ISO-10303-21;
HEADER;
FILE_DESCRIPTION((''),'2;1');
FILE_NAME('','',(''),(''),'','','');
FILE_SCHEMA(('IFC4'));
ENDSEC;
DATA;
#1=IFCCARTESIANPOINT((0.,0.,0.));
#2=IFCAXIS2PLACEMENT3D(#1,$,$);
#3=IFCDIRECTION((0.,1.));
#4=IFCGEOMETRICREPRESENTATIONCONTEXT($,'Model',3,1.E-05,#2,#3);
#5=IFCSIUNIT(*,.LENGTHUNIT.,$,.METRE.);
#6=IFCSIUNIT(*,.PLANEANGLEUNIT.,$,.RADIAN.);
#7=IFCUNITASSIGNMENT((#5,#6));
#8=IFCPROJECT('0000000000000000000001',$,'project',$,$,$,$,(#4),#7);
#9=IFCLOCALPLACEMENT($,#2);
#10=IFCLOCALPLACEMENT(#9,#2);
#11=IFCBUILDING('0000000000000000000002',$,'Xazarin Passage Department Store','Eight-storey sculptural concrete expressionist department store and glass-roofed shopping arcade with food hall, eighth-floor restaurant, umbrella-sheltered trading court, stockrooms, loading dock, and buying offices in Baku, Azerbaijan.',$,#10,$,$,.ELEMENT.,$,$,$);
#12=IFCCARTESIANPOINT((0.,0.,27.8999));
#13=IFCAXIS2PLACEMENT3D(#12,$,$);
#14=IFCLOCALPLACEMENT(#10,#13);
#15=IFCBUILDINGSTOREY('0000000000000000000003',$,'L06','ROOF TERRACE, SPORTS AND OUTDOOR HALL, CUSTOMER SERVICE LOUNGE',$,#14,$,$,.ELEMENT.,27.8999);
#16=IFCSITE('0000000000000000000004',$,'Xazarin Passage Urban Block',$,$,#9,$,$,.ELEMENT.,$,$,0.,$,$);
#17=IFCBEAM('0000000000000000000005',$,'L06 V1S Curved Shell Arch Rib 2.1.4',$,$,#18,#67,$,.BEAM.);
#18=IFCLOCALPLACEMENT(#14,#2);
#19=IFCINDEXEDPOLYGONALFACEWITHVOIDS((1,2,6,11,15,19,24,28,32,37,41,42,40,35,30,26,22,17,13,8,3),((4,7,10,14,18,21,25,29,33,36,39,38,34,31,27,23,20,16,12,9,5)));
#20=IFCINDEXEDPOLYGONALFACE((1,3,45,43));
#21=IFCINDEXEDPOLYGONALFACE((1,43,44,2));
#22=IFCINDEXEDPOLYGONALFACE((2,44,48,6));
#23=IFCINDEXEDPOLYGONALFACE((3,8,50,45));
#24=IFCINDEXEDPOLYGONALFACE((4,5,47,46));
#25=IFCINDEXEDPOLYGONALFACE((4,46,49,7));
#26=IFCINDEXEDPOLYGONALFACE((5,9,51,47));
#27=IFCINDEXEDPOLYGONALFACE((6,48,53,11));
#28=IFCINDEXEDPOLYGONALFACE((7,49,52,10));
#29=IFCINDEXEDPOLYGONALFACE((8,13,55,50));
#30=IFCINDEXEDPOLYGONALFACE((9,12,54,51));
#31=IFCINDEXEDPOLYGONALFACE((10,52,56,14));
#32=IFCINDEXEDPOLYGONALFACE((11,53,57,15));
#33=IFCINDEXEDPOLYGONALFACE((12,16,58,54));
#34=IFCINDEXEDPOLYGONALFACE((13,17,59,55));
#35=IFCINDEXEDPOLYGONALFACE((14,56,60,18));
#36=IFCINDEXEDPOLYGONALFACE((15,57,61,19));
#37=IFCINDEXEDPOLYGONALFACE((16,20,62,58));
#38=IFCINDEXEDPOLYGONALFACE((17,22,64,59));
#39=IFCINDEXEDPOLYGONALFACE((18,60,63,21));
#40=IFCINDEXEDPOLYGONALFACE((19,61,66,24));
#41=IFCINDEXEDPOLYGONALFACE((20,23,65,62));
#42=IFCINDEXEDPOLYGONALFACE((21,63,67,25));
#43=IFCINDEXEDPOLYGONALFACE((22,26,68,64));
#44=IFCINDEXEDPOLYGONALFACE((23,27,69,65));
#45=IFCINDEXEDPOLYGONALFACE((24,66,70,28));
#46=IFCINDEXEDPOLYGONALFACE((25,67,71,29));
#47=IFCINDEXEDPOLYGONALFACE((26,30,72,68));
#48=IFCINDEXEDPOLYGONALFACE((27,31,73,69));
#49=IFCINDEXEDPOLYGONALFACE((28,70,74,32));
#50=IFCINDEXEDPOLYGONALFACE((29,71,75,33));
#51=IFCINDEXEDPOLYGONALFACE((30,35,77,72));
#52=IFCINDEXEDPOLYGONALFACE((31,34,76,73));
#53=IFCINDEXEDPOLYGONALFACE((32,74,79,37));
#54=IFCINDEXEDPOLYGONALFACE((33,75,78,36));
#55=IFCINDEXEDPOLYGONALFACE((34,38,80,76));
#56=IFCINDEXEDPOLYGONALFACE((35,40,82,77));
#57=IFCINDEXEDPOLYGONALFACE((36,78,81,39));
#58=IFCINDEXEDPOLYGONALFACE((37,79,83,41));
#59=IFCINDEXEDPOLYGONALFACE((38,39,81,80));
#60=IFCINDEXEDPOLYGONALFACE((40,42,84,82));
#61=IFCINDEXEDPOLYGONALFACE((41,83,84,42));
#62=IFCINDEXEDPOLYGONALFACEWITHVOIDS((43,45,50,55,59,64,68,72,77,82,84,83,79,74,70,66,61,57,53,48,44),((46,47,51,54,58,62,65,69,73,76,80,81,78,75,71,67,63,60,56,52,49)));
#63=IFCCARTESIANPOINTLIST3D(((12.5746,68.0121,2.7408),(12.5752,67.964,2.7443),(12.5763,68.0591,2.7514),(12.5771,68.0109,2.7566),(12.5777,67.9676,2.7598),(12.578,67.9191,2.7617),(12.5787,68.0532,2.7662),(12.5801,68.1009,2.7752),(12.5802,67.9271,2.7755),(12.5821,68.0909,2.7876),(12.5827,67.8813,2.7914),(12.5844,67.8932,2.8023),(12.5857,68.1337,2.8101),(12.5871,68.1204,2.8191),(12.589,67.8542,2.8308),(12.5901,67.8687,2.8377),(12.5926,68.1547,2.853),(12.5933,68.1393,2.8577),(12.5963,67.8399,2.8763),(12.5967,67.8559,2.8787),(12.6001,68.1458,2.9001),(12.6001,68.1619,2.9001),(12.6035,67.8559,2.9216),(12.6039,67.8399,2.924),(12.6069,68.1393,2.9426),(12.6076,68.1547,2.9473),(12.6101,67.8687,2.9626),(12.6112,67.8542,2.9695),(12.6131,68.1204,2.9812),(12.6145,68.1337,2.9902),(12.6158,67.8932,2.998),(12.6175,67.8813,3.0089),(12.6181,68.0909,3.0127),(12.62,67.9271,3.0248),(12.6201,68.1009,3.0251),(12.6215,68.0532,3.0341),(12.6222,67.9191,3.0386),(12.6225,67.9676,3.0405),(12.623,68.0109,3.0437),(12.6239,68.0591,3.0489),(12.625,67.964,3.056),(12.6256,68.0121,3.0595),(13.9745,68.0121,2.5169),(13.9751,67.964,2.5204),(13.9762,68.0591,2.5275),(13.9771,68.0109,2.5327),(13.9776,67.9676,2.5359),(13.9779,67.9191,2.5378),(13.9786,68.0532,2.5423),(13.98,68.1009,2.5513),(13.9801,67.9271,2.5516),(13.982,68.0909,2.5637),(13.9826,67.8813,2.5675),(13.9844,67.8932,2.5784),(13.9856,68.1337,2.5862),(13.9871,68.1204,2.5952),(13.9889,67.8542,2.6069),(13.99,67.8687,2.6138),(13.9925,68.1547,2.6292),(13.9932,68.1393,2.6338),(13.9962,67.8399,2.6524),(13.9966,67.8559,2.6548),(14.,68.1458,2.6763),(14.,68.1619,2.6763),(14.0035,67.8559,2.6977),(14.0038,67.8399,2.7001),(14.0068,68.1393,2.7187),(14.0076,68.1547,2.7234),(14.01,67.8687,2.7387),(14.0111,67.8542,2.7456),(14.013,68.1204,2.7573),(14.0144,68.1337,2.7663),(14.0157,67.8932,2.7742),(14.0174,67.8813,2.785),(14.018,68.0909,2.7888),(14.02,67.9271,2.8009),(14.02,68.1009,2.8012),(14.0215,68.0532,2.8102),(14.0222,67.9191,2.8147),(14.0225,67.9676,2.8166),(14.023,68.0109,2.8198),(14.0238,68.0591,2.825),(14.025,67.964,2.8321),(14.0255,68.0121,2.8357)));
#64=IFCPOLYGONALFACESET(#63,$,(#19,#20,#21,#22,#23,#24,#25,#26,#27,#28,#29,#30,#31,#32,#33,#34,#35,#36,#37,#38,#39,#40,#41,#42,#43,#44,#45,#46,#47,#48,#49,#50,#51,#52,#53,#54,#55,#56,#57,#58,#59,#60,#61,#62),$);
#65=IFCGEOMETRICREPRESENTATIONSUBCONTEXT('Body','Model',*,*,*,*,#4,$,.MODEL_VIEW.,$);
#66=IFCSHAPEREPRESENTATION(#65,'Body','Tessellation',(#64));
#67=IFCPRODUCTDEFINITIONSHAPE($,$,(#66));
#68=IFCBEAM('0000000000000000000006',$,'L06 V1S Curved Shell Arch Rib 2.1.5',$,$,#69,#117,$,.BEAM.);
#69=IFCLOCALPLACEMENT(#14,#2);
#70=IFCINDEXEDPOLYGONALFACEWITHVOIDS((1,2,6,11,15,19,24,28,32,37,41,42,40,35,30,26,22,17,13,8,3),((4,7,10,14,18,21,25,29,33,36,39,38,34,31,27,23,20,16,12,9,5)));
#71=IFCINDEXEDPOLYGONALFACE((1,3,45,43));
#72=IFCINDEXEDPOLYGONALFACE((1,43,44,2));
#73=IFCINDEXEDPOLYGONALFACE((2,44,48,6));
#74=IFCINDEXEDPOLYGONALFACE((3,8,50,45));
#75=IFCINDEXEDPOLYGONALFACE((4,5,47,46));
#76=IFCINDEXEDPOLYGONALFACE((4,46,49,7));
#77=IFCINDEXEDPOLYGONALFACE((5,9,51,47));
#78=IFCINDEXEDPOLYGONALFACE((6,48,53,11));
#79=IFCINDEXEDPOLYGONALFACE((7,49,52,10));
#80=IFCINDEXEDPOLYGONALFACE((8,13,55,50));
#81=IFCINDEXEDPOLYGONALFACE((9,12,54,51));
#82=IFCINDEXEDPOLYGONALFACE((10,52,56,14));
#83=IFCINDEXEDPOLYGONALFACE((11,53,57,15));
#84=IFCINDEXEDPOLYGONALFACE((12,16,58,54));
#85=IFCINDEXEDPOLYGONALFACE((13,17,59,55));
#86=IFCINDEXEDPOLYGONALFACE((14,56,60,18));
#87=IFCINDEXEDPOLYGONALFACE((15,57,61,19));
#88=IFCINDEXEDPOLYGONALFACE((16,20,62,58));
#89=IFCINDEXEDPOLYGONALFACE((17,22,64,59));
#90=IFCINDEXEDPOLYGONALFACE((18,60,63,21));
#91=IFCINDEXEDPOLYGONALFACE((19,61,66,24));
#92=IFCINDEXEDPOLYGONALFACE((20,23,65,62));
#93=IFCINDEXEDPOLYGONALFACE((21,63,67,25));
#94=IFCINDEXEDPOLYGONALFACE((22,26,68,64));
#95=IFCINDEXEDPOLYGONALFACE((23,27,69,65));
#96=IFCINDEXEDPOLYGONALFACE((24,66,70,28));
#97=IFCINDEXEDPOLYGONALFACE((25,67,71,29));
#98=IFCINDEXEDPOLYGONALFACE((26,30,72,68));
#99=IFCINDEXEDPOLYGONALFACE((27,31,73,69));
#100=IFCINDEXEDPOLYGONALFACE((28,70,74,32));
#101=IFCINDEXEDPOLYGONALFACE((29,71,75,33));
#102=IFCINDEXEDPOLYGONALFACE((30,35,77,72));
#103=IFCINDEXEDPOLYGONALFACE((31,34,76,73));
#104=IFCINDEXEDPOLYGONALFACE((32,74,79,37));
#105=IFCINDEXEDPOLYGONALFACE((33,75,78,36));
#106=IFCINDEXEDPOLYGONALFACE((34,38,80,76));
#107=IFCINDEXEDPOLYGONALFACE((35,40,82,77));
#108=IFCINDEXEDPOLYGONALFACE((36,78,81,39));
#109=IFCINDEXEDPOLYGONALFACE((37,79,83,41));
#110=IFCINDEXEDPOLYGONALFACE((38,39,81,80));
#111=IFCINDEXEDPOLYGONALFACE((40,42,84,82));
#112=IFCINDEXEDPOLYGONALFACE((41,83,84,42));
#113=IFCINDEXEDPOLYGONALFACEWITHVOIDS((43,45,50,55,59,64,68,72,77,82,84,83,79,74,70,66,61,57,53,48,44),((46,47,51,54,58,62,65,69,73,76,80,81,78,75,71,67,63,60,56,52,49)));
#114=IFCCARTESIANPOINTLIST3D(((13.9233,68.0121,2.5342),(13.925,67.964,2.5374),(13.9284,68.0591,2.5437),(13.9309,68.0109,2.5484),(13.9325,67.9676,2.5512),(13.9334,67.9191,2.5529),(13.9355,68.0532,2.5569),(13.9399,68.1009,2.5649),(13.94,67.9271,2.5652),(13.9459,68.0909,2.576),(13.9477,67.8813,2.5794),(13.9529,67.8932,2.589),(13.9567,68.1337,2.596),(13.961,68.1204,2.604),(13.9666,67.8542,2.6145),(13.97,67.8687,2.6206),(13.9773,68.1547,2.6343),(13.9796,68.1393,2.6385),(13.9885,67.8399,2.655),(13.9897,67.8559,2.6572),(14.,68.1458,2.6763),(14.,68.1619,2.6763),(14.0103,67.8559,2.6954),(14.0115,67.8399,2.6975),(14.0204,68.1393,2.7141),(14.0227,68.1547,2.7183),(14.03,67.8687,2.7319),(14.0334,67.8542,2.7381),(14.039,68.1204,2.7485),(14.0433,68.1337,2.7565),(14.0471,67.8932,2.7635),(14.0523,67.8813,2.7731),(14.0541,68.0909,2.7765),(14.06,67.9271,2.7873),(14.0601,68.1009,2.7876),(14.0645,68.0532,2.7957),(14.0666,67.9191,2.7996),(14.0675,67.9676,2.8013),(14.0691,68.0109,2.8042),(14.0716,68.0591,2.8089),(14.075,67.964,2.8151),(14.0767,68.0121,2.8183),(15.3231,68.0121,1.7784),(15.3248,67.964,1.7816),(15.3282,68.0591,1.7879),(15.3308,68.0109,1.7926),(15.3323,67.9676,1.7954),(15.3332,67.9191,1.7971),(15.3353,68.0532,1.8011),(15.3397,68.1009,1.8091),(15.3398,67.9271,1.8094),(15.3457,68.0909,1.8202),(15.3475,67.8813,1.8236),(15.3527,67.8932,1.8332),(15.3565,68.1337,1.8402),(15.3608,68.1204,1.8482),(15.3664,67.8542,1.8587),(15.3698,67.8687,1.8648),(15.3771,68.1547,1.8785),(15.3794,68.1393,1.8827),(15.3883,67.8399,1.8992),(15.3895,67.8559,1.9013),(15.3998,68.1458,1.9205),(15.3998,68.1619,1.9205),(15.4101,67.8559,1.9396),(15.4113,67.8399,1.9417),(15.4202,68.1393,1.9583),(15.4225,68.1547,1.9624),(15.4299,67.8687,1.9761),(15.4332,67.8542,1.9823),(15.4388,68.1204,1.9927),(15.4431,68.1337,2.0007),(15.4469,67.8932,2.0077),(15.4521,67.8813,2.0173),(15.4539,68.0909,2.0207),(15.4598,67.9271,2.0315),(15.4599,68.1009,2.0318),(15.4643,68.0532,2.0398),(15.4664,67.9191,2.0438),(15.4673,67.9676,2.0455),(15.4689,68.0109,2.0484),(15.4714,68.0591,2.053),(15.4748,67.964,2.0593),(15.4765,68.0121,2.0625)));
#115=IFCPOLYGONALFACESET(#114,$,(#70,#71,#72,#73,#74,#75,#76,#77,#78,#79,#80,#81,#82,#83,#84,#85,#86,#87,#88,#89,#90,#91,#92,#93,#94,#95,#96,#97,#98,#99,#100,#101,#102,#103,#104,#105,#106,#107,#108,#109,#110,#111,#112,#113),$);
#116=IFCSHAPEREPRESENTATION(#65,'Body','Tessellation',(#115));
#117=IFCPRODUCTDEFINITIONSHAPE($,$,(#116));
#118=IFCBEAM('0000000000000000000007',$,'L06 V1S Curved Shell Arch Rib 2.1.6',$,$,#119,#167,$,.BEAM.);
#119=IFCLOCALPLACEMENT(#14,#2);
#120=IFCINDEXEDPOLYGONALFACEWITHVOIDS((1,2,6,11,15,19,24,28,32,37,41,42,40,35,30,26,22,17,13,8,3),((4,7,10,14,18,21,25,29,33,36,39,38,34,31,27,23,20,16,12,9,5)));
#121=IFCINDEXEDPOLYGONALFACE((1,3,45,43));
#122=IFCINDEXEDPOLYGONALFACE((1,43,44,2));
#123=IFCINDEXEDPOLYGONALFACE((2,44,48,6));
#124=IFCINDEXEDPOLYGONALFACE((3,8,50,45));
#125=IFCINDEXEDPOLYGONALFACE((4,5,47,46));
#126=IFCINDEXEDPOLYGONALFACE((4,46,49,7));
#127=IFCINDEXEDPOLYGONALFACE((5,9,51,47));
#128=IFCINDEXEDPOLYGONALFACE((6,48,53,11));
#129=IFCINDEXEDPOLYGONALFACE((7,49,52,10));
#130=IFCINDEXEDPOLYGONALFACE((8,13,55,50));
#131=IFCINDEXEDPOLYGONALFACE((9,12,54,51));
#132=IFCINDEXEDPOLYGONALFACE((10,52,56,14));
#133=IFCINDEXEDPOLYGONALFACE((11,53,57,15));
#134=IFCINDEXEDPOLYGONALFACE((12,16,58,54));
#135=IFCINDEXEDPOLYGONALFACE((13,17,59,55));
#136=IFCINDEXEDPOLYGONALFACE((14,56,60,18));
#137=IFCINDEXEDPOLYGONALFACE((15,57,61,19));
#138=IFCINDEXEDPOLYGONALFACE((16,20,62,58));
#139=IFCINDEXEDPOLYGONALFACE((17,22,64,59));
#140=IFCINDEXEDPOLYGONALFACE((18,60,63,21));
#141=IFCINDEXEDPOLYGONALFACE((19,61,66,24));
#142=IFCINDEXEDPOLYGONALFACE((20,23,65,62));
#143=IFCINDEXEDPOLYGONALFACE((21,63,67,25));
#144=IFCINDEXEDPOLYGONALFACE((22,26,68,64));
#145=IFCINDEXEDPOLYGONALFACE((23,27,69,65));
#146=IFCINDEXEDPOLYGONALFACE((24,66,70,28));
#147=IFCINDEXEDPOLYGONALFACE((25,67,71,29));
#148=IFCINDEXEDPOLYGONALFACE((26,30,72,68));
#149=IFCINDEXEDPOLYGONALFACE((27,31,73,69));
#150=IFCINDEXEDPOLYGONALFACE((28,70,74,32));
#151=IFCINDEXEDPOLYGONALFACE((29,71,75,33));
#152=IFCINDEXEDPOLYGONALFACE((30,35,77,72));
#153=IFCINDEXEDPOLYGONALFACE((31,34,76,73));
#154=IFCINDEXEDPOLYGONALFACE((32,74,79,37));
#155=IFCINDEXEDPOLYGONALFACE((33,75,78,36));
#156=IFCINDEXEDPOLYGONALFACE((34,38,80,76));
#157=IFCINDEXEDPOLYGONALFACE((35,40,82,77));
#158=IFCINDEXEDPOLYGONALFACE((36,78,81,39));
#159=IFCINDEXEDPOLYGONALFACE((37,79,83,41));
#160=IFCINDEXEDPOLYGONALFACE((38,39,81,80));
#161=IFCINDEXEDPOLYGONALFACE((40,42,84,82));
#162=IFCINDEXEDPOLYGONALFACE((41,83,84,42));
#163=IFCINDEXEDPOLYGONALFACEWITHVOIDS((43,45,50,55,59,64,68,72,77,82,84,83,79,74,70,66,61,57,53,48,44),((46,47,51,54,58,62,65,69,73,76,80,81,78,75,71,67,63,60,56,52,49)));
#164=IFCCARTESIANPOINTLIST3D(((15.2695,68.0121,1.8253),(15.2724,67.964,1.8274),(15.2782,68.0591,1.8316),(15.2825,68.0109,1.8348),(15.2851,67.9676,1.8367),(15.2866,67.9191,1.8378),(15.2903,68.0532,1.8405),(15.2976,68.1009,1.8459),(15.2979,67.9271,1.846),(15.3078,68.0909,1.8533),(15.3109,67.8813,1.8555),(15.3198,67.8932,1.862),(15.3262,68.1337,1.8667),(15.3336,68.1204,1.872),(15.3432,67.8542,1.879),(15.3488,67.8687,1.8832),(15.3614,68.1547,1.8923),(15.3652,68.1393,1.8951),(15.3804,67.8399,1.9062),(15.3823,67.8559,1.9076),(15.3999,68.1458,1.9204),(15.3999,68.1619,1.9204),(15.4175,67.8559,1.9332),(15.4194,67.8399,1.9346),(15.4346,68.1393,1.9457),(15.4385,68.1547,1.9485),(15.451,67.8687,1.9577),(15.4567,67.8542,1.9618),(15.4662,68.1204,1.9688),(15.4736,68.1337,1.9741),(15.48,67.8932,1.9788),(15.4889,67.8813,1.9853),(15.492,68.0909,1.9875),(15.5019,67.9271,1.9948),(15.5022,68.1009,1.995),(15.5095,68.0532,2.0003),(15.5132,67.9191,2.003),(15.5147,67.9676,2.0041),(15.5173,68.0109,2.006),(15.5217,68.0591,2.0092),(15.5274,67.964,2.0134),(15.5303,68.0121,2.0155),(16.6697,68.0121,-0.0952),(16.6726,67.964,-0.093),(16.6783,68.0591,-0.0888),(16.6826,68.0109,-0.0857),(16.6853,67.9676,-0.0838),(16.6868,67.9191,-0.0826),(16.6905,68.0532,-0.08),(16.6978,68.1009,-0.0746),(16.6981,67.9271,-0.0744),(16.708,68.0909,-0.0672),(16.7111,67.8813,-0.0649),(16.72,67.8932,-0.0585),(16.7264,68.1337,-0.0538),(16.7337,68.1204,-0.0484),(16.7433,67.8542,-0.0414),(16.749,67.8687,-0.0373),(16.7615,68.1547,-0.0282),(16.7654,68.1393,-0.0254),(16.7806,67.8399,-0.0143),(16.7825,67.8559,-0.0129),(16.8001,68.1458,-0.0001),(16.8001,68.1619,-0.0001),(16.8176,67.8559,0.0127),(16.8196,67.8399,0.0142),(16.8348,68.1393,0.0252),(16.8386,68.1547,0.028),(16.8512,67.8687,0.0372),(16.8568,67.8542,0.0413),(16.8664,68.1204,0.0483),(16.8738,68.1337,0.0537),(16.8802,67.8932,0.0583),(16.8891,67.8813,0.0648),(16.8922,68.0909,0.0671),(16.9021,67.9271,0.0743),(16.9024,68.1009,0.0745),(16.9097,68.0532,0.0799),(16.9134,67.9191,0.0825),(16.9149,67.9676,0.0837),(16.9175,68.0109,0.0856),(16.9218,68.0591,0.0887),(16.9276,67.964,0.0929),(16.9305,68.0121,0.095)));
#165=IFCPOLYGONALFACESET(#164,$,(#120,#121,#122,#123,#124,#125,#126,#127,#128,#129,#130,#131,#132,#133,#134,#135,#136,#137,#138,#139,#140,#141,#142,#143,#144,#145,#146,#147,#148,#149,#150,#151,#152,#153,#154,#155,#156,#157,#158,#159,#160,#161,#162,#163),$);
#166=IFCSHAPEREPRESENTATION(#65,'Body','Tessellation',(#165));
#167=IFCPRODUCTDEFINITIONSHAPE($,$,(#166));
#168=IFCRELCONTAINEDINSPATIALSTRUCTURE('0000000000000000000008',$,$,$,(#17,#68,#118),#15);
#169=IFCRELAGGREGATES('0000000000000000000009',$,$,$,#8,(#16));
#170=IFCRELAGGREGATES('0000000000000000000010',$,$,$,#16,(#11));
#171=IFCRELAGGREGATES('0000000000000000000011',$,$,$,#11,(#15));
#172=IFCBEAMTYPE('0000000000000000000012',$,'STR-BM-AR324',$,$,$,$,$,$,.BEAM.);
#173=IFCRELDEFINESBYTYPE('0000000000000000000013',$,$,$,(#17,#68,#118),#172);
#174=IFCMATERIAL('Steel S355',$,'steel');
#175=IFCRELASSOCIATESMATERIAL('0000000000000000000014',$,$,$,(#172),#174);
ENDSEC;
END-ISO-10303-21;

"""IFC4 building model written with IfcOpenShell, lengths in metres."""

from ifc_helpers import new_model, si_unit, direction, frame, origin, origin_2d, place, context, subcontext, project, spatial, hollow_circle, extrude, material, material_profile, profile_set, type_object, element, save


model = new_model("IFC4")

# Units and contexts
model_context = context("Model", 3, precision=1e-05, world=origin(), true_north=direction((0.0, 1.0)))
body_context = subcontext(model_context, "Body", "Model", "MODEL_VIEW")
ifc_project = project(units=[si_unit("LENGTHUNIT", "METRE"), si_unit("PLANEANGLEUNIT", "RADIAN")], contexts=[model_context])

# Site, building, storey
site_placement = place(None, origin())
site = spatial("IfcSite", under=ifc_project, at=site_placement, Name="Xazarin Passage Urban Block", CompositionType="ELEMENT", RefElevation=0.0)
building_placement = place(site_placement, origin())
building = spatial("IfcBuilding", under=site, at=building_placement, Name="Xazarin Passage Department Store", Description="Eight-storey sculptural concrete expressionist department store and glass-roofed shopping arcade with food hall, eighth-floor restaurant, umbrella-sheltered trading court, stockrooms, loading dock, and buying offices in Baku, Azerbaijan.", CompositionType="ELEMENT")
storey_placement = place(building_placement, frame((0.0, 0.0, 27.8999)))
storey = spatial("IfcBuildingStorey", under=building, at=storey_placement, Name="L06", Description="ROOF TERRACE, SPORTS AND OUTDOOR HALL, CUSTOMER SERVICE LOUNGE", CompositionType="ELEMENT", Elevation=27.8999)

# Beams
ifc_material_1 = material(Name="Steel S355", Category="steel")
ifc_material_profile_1 = material_profile(ifc_material_1, hollow_circle(Radius=0.1619, WallThickness=0.0161, at=origin_2d()), Name="CHS 323.9x16")
ifc_profile_set_1 = profile_set([ifc_material_profile_1], Name="Steel S355")
beam_type_1 = type_object("IfcBeamType", Name="STR-BM-AR324", PredefinedType="BEAM", material=ifc_profile_set_1)
beam_1_placement = place(storey_placement, frame((12.6001, 68.0, 2.9001), z_axis=(0.987452, 0.0, -0.157917), x_axis=(0.0, 1.0, 0.0)))
element("IfcBeam", 1, at=beam_1_placement, inside=storey, type_object=beam_type_1, Name="L06 V1S Curved Shell Arch Rib 2.1.4", PredefinedType="BEAM", context=body_context, shape_type="SweptSolid", body=[
    extrude(hollow_circle(Radius=0.1619, WallThickness=0.0161, at=origin_2d()), origin(), (0.0, 0.0, 1.0), 1.4177),
])
beam_2_placement = place(storey_placement, frame((14.0, 68.0, 2.6763), z_axis=(0.879928, 0.0, -0.475106), x_axis=(0.0, 1.0, 0.0)))
element("IfcBeam", 2, at=beam_2_placement, inside=storey, type_object=beam_type_1, Name="L06 V1S Curved Shell Arch Rib 2.1.5", PredefinedType="BEAM", context=body_context, shape_type="SweptSolid", body=[
    extrude(hollow_circle(Radius=0.1619, WallThickness=0.0161, at=origin_2d()), origin(), (0.0, 0.0, 1.0), 1.5908),
])
beam_3_placement = place(storey_placement, frame((15.3999, 68.0, 1.9204), z_axis=(0.58913, 0.0, -0.808038), x_axis=(0.0, 1.0, 0.0)))
element("IfcBeam", 3, at=beam_3_placement, inside=storey, type_object=beam_type_1, Name="L06 V1S Curved Shell Arch Rib 2.1.6", PredefinedType="BEAM", context=body_context, shape_type="SweptSolid", body=[
    extrude(hollow_circle(Radius=0.1619, WallThickness=0.0161, at=origin_2d()), origin(), (0.0, 0.0, 1.0), 2.3767),
])

save(model, "model.ifc")
